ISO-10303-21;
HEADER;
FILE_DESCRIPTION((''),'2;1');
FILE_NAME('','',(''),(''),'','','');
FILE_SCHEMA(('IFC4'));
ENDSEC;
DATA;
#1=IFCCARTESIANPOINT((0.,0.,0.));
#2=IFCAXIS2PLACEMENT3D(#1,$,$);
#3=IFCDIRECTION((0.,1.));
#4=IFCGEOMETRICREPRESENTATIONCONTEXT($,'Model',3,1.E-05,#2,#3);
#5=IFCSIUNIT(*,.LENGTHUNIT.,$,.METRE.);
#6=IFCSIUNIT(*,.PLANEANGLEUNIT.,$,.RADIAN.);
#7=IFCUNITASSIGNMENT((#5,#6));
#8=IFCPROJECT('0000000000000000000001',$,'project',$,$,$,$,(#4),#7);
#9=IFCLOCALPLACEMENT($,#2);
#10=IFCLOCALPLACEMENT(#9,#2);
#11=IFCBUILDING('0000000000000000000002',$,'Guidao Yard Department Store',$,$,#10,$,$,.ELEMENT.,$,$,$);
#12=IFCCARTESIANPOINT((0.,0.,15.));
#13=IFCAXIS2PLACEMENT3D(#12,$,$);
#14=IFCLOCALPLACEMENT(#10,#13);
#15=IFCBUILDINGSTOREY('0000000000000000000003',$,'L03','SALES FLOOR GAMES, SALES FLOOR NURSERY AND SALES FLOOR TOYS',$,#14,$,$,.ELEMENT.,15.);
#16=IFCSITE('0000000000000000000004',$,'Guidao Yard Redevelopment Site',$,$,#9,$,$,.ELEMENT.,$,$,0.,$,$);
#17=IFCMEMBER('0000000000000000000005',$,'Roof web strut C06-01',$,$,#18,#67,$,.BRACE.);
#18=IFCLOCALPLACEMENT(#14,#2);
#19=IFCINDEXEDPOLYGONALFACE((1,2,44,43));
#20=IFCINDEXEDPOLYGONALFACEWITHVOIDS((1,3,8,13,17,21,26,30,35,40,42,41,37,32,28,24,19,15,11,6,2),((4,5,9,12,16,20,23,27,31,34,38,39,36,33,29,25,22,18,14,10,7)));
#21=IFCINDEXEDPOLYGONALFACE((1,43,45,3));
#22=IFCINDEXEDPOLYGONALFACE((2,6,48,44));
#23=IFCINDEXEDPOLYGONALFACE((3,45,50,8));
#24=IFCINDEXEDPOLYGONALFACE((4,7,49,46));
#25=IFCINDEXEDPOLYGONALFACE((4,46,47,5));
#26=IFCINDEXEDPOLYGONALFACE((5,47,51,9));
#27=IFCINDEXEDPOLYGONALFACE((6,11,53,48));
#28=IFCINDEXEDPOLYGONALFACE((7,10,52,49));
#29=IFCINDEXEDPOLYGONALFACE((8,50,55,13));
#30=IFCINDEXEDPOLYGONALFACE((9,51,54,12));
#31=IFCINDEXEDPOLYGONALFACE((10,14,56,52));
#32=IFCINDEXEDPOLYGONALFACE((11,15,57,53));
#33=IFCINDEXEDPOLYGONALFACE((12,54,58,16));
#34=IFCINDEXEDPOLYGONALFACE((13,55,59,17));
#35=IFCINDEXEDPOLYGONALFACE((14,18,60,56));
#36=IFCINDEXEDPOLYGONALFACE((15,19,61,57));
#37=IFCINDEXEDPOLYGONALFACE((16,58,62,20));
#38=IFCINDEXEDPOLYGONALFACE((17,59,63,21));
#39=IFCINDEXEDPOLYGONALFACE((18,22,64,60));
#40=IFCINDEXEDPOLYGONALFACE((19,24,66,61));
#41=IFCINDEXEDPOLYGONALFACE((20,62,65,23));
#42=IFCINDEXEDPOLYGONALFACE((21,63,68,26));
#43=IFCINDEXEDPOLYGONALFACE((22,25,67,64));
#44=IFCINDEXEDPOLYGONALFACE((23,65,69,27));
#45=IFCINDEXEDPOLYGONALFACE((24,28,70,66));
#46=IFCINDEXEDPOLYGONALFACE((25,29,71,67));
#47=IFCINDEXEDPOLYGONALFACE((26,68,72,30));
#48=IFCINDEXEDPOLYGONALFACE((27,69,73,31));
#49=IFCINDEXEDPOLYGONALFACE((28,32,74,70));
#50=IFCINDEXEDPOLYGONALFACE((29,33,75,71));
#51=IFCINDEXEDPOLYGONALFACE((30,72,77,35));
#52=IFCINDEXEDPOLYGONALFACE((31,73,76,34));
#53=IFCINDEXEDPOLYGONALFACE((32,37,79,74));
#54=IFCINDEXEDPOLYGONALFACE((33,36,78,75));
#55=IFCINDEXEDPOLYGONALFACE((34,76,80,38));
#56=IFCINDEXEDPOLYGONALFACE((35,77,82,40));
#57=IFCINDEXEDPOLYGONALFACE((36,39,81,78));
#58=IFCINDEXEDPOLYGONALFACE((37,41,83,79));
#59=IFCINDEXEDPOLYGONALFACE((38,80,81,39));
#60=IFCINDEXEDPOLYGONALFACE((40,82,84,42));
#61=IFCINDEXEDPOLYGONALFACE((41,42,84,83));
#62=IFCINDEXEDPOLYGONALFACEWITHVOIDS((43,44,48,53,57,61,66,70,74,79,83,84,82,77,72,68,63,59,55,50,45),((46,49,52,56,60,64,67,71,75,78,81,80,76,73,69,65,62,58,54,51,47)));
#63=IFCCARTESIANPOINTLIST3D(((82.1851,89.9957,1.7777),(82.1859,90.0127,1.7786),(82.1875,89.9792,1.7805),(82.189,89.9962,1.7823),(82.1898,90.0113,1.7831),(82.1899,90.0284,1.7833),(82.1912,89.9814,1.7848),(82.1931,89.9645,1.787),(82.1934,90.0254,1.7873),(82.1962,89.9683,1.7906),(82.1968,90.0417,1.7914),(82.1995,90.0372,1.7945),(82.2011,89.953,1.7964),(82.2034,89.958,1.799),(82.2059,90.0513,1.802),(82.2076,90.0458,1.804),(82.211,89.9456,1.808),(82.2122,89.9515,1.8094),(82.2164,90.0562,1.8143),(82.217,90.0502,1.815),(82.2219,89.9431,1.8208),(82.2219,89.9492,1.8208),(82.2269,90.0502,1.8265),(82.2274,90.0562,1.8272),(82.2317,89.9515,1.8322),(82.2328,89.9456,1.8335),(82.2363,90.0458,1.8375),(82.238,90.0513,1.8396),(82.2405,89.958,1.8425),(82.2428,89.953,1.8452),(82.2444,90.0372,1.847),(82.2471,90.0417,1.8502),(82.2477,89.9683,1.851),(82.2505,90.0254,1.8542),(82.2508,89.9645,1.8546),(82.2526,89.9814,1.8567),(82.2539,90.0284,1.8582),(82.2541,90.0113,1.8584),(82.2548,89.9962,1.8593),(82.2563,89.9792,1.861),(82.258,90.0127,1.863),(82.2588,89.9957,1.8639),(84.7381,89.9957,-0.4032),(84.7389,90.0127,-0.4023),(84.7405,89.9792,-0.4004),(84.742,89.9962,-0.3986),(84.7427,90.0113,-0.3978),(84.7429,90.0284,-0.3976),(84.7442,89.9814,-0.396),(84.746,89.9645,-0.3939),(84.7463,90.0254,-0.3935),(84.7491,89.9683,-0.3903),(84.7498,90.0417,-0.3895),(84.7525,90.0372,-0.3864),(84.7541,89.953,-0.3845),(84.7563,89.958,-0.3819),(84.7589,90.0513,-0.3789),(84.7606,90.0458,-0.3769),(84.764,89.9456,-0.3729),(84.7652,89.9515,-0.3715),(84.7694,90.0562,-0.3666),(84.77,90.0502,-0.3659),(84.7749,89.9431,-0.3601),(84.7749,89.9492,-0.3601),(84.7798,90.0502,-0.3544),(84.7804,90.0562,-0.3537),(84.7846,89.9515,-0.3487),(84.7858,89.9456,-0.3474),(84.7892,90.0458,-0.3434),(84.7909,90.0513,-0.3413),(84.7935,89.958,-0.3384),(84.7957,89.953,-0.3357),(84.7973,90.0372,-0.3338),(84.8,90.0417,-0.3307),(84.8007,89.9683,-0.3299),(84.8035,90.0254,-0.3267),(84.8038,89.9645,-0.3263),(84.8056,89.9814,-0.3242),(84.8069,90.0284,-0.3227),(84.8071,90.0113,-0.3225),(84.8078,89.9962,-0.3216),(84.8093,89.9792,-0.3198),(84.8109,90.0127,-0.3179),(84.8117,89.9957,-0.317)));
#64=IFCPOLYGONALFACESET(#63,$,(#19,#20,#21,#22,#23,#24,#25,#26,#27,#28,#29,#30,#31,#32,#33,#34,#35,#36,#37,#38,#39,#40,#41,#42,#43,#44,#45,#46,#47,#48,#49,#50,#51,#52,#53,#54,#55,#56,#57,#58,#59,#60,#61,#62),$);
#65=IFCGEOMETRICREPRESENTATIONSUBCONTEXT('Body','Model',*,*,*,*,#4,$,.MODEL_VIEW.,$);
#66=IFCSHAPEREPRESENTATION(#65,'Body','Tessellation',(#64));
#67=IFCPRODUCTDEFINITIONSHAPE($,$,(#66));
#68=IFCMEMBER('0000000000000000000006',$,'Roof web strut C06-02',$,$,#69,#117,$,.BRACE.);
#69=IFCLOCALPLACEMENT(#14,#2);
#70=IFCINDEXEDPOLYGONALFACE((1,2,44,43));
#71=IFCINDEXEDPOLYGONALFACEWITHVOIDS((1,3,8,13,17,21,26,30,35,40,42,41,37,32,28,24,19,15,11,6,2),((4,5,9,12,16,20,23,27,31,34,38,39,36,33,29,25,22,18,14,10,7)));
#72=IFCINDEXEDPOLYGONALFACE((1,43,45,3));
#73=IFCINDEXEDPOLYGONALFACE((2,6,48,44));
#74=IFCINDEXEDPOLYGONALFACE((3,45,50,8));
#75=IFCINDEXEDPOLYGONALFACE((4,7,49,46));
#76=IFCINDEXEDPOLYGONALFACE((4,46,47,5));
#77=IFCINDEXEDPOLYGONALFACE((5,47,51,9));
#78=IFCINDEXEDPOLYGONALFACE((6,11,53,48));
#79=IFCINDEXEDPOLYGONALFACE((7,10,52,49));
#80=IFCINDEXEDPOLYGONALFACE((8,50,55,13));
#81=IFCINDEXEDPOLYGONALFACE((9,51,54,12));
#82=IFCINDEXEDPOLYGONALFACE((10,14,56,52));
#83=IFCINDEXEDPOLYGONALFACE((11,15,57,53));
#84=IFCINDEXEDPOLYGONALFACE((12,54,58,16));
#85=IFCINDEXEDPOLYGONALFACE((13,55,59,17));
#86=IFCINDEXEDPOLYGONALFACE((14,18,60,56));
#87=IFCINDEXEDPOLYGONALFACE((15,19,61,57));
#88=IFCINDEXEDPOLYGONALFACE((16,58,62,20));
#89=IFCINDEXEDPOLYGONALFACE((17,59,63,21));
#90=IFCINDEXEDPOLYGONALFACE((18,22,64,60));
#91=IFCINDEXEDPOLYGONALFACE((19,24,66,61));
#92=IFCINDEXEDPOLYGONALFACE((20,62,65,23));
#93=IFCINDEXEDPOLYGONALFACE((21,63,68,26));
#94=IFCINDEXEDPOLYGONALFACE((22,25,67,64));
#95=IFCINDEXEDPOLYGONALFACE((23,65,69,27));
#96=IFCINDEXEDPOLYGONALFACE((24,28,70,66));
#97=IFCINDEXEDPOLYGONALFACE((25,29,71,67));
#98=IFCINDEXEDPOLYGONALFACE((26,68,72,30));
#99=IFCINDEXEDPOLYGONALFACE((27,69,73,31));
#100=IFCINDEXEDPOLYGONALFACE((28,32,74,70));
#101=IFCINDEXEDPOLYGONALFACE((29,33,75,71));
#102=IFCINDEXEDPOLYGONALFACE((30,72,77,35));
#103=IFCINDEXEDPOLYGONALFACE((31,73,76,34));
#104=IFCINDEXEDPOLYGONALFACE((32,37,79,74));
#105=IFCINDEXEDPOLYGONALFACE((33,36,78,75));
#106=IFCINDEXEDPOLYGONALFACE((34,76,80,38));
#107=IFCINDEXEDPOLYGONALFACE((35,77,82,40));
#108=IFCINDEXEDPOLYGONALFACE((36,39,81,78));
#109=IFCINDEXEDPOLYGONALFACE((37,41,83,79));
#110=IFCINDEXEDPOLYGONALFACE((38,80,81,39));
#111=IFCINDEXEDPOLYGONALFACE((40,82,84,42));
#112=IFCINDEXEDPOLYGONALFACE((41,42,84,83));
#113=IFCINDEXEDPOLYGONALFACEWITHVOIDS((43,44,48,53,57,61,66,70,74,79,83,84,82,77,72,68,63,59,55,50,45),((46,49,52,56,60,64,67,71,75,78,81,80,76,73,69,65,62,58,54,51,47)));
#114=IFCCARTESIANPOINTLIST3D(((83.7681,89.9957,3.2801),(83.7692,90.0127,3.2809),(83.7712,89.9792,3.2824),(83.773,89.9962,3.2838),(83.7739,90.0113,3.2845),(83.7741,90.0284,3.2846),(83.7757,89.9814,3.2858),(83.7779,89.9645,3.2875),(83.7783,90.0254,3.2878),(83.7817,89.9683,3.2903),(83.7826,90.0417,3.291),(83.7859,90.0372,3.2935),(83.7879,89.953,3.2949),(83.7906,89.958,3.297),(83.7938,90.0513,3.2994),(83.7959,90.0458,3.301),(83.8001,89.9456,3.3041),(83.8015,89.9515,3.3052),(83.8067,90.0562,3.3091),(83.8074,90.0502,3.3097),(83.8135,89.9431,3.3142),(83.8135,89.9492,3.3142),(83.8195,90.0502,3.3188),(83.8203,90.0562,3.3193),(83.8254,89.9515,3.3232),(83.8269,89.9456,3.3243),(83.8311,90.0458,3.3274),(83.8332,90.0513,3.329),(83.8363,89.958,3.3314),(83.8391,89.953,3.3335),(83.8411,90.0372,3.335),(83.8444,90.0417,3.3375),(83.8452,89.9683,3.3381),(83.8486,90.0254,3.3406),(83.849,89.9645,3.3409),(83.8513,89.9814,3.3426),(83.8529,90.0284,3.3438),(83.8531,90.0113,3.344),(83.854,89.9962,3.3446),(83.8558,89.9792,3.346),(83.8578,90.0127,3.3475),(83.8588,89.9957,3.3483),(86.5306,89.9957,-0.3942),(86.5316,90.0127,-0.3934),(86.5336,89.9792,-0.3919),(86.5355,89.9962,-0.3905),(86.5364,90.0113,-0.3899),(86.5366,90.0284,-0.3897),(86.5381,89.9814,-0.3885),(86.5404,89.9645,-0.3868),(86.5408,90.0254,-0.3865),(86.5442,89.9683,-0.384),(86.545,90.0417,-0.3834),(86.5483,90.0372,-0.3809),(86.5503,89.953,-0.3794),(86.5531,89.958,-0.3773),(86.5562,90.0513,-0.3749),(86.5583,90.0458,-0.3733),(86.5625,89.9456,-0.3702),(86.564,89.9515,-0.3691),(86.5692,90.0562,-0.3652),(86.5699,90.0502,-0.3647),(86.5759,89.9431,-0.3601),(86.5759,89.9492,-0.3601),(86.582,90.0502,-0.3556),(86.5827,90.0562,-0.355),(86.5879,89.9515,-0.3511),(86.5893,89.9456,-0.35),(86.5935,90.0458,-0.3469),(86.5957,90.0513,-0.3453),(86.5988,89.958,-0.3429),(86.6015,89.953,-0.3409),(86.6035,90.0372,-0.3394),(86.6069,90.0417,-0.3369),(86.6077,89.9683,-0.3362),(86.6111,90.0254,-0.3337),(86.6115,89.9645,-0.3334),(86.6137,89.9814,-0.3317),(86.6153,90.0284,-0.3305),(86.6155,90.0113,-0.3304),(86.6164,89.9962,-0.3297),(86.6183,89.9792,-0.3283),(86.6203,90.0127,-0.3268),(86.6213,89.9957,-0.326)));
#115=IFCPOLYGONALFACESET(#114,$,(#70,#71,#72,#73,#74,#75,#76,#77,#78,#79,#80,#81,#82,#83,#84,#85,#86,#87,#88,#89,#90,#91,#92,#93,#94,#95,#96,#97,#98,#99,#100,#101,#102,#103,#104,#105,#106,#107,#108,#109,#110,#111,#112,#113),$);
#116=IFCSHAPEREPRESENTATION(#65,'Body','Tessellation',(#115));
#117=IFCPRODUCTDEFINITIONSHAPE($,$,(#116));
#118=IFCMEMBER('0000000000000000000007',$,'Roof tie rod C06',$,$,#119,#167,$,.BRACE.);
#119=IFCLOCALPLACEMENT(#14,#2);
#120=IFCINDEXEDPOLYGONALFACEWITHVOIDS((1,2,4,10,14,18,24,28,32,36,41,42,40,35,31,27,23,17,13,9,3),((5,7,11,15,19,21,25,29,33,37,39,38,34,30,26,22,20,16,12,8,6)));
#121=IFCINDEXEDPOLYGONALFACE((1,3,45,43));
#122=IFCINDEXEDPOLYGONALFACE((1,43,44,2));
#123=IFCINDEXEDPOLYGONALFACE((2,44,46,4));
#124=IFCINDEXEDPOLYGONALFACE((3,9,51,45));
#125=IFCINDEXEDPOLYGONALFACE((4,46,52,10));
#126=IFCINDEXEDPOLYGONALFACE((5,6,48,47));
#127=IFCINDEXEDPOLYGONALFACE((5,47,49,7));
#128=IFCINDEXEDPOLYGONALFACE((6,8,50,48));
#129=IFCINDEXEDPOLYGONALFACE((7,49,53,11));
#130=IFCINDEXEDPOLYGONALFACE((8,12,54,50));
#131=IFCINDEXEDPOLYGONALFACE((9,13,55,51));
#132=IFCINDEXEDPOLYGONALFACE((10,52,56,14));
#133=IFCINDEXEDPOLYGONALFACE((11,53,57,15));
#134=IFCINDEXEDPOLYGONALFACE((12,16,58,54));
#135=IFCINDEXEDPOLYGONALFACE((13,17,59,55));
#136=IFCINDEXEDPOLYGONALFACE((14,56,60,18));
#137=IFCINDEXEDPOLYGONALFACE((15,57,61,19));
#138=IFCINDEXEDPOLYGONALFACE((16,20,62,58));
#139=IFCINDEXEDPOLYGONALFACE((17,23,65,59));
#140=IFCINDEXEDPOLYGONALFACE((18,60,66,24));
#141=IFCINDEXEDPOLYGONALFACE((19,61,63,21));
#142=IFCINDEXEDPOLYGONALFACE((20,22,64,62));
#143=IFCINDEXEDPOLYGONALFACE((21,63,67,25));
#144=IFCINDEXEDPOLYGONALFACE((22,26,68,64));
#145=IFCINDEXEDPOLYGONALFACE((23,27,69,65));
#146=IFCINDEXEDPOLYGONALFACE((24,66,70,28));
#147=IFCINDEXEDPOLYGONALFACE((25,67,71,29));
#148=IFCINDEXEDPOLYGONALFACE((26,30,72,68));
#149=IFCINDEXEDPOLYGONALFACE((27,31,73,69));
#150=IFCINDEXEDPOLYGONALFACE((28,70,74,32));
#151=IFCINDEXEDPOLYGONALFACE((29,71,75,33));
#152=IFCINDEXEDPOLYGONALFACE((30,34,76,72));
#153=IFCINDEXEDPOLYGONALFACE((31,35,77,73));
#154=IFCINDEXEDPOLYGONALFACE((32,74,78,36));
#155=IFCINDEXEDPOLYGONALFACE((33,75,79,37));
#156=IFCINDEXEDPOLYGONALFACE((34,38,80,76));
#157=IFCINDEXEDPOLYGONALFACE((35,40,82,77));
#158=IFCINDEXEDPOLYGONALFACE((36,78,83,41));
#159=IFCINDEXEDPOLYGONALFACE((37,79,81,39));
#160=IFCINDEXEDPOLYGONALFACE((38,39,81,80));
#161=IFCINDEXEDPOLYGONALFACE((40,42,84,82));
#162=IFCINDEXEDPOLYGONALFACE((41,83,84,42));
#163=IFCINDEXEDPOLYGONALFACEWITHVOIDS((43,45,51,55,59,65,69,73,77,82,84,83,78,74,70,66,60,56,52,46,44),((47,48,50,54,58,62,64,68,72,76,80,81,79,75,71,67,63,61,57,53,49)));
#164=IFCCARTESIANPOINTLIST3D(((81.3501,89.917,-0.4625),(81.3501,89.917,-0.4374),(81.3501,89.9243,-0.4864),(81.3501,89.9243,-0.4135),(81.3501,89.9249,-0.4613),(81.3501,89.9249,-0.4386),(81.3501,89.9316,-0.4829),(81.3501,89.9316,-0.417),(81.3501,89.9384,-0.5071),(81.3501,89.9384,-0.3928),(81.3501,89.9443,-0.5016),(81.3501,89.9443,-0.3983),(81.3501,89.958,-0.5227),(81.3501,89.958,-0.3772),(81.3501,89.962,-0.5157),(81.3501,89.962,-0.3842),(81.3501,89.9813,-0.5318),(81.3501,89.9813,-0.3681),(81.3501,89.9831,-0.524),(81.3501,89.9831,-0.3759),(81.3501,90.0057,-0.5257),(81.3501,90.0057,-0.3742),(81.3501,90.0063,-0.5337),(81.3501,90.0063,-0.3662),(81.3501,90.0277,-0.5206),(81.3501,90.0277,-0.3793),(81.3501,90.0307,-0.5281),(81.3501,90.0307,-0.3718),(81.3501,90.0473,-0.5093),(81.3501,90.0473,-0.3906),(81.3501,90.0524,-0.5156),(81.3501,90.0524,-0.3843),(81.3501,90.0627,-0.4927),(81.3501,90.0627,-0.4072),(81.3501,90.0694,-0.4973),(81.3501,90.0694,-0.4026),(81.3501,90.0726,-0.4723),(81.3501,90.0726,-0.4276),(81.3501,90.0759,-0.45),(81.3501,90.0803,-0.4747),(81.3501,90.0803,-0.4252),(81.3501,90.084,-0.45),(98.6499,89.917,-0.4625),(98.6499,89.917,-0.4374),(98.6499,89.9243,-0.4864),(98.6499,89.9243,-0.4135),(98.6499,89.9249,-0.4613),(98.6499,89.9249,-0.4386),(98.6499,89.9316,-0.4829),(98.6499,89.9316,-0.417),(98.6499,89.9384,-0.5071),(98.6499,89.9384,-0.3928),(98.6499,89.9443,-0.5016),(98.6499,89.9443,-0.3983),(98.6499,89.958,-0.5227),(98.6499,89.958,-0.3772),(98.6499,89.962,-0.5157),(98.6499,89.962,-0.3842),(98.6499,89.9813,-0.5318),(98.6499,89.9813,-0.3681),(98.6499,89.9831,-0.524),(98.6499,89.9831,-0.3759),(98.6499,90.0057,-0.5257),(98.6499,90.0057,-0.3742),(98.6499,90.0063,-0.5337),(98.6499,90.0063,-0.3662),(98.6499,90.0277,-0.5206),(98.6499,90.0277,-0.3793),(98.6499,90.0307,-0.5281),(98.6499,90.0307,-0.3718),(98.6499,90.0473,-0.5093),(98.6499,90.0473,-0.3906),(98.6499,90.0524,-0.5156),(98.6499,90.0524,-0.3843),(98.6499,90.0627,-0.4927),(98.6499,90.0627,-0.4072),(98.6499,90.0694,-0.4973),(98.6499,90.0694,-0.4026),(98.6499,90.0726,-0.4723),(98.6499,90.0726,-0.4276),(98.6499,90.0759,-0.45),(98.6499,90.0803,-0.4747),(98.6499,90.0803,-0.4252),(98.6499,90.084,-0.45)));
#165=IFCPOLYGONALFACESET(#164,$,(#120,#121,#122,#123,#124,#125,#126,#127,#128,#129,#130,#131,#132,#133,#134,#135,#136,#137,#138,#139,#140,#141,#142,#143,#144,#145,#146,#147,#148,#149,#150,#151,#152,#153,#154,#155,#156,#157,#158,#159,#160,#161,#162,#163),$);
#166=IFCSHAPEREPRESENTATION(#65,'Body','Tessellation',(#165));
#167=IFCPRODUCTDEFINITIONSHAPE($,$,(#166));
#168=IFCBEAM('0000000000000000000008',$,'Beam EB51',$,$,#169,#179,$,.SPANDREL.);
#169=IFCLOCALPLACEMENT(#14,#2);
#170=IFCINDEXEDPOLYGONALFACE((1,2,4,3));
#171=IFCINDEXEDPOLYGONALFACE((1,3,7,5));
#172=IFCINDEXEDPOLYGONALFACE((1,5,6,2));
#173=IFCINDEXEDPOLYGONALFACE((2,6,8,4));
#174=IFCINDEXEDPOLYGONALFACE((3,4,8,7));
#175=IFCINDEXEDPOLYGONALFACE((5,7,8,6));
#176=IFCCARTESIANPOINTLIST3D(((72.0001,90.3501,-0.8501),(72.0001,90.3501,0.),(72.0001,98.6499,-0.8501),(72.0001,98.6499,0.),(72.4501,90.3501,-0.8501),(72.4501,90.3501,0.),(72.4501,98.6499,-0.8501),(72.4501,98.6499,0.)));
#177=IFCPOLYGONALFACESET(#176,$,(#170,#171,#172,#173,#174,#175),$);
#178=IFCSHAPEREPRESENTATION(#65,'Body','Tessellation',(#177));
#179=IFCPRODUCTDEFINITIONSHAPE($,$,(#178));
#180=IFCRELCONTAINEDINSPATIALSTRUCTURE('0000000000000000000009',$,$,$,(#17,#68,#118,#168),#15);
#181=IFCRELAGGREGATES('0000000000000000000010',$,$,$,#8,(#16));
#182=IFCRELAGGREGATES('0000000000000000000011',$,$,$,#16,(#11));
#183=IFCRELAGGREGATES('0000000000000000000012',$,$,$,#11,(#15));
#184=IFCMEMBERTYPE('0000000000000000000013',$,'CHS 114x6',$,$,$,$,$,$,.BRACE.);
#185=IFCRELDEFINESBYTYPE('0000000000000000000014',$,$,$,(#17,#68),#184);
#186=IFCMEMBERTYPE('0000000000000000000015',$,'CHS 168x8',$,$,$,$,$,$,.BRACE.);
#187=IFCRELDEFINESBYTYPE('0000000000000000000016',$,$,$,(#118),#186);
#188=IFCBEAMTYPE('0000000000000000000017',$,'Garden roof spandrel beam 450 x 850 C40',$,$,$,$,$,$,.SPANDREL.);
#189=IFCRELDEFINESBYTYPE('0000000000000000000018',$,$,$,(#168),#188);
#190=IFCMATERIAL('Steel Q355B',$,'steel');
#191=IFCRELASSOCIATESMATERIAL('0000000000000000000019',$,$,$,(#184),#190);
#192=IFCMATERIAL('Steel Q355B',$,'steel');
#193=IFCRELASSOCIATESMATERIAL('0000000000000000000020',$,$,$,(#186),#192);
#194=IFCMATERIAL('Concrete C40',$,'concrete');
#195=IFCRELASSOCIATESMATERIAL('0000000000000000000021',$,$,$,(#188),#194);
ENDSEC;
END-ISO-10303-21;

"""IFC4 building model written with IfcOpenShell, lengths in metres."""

from ifc_helpers import new_model, si_unit, direction, frame, origin, origin_2d, place, context, subcontext, project, spatial, rectangle, hollow_circle, extrude, material, material_profile, profile_set, type_object, element, save


model = new_model("IFC4")

# Units and contexts
model_context = context("Model", 3, precision=1e-05, world=origin(), true_north=direction((0.0, 1.0)))
body_context = subcontext(model_context, "Body", "Model", "MODEL_VIEW")
ifc_project = project(units=[si_unit("LENGTHUNIT", "METRE"), si_unit("PLANEANGLEUNIT", "RADIAN")], contexts=[model_context])

# Site, building, storey
site_placement = place(None, origin())
site = spatial("IfcSite", under=ifc_project, at=site_placement, Name="Guidao Yard Redevelopment Site", CompositionType="ELEMENT", RefElevation=0.0)
building_placement = place(site_placement, origin())
building = spatial("IfcBuilding", under=site, at=building_placement, Name="Guidao Yard Department Store", CompositionType="ELEMENT")
storey_placement = place(building_placement, frame((0.0, 0.0, 15.0)))
storey = spatial("IfcBuildingStorey", under=building, at=storey_placement, Name="L03", Description="SALES FLOOR GAMES, SALES FLOOR NURSERY AND SALES FLOOR TOYS", CompositionType="ELEMENT", Elevation=15.0)

# Members
ifc_material_1 = material(Name="Steel Q355B", Category="steel")
ifc_material_profile_1 = material_profile(ifc_material_1, hollow_circle(Radius=0.0569, WallThickness=0.0061, at=origin_2d()), Name="CHS 114x6")
ifc_profile_set_1 = profile_set([ifc_material_profile_1], Name="Steel Q355B")
member_type_1 = type_object("IfcMemberType", Name="CHS 114x6", PredefinedType="BRACE", material=ifc_profile_set_1)
member_1_placement = place(storey_placement, frame((84.7749, 90.0, -0.3601), z_axis=(-0.760339, 0.0, 0.649527), x_axis=(0.0, -1.0, 0.0)))
element("IfcMember", 1, at=member_1_placement, inside=storey, type_object=member_type_1, Name="Roof web strut C06-01", PredefinedType="BRACE", context=body_context, shape_type="SweptSolid", body=[
    extrude(hollow_circle(Radius=0.0569, WallThickness=0.0061, at=origin_2d()), origin(), (0.0, 0.0, 1.0), 3.3577),
])
member_2_placement = place(storey_placement, frame((86.5759, 90.0, -0.3601), z_axis=(-0.600934, 0.0, 0.799298), x_axis=(0.0, -1.0, 0.0)))
element("IfcMember", 2, at=member_2_placement, inside=storey, type_object=member_type_1, Name="Roof web strut C06-02", PredefinedType="BRACE", context=body_context, shape_type="SweptSolid", body=[
    extrude(hollow_circle(Radius=0.0569, WallThickness=0.0061, at=origin_2d()), origin(), (0.0, 0.0, 1.0), 4.5969),
])
ifc_material_2 = material(Name="Steel Q355B", Category="steel")
ifc_material_profile_2 = material_profile(ifc_material_2, hollow_circle(Radius=0.084, WallThickness=0.0081, at=origin_2d()), Name="CHS 168x8")
ifc_profile_set_2 = profile_set([ifc_material_profile_2], Name="Steel Q355B")
member_type_2 = type_object("IfcMemberType", Name="CHS 168x8", PredefinedType="BRACE", material=ifc_profile_set_2)
member_3_placement = place(storey_placement, frame((81.3501, 90.0, -0.45), z_axis=(1.0, 0.0, 0.0), x_axis=(0.0, 1.0, 0.0)))
element("IfcMember", 3, at=member_3_placement, inside=storey, type_object=member_type_2, Name="Roof tie rod C06", PredefinedType="BRACE", context=body_context, shape_type="SweptSolid", body=[
    extrude(hollow_circle(Radius=0.084, WallThickness=0.0081, at=origin_2d()), origin(), (0.0, 0.0, 1.0), 17.2998),
])

# Beam
ifc_material_3 = material(Name="Concrete C40", Category="concrete")
ifc_material_profile_3 = material_profile(ifc_material_3, rectangle(XDim=0.45, YDim=0.8501, at=origin_2d()), Name="Garden roof spandrel beam 450 x 850 C40")
ifc_profile_set_3 = profile_set([ifc_material_profile_3], Name="Concrete C40")
beam_type_1 = type_object("IfcBeamType", Name="Garden roof spandrel beam 450 x 850 C40", PredefinedType="SPANDREL", material=ifc_profile_set_3)
beam_1_placement = place(storey_placement, frame((72.2251, 90.3501, -0.425), z_axis=(0.0, 1.0, 0.0), x_axis=(-1.0, 0.0, 0.0)))
element("IfcBeam", 4, at=beam_1_placement, inside=storey, type_object=beam_type_1, Name="Beam EB51", PredefinedType="SPANDREL", context=body_context, shape_type="SweptSolid", body=[
    extrude(rectangle(XDim=0.45, YDim=0.8501, at=origin_2d()), origin(), (0.0, 0.0, 1.0), 8.2998),
])

save(model, "model.ifc")
